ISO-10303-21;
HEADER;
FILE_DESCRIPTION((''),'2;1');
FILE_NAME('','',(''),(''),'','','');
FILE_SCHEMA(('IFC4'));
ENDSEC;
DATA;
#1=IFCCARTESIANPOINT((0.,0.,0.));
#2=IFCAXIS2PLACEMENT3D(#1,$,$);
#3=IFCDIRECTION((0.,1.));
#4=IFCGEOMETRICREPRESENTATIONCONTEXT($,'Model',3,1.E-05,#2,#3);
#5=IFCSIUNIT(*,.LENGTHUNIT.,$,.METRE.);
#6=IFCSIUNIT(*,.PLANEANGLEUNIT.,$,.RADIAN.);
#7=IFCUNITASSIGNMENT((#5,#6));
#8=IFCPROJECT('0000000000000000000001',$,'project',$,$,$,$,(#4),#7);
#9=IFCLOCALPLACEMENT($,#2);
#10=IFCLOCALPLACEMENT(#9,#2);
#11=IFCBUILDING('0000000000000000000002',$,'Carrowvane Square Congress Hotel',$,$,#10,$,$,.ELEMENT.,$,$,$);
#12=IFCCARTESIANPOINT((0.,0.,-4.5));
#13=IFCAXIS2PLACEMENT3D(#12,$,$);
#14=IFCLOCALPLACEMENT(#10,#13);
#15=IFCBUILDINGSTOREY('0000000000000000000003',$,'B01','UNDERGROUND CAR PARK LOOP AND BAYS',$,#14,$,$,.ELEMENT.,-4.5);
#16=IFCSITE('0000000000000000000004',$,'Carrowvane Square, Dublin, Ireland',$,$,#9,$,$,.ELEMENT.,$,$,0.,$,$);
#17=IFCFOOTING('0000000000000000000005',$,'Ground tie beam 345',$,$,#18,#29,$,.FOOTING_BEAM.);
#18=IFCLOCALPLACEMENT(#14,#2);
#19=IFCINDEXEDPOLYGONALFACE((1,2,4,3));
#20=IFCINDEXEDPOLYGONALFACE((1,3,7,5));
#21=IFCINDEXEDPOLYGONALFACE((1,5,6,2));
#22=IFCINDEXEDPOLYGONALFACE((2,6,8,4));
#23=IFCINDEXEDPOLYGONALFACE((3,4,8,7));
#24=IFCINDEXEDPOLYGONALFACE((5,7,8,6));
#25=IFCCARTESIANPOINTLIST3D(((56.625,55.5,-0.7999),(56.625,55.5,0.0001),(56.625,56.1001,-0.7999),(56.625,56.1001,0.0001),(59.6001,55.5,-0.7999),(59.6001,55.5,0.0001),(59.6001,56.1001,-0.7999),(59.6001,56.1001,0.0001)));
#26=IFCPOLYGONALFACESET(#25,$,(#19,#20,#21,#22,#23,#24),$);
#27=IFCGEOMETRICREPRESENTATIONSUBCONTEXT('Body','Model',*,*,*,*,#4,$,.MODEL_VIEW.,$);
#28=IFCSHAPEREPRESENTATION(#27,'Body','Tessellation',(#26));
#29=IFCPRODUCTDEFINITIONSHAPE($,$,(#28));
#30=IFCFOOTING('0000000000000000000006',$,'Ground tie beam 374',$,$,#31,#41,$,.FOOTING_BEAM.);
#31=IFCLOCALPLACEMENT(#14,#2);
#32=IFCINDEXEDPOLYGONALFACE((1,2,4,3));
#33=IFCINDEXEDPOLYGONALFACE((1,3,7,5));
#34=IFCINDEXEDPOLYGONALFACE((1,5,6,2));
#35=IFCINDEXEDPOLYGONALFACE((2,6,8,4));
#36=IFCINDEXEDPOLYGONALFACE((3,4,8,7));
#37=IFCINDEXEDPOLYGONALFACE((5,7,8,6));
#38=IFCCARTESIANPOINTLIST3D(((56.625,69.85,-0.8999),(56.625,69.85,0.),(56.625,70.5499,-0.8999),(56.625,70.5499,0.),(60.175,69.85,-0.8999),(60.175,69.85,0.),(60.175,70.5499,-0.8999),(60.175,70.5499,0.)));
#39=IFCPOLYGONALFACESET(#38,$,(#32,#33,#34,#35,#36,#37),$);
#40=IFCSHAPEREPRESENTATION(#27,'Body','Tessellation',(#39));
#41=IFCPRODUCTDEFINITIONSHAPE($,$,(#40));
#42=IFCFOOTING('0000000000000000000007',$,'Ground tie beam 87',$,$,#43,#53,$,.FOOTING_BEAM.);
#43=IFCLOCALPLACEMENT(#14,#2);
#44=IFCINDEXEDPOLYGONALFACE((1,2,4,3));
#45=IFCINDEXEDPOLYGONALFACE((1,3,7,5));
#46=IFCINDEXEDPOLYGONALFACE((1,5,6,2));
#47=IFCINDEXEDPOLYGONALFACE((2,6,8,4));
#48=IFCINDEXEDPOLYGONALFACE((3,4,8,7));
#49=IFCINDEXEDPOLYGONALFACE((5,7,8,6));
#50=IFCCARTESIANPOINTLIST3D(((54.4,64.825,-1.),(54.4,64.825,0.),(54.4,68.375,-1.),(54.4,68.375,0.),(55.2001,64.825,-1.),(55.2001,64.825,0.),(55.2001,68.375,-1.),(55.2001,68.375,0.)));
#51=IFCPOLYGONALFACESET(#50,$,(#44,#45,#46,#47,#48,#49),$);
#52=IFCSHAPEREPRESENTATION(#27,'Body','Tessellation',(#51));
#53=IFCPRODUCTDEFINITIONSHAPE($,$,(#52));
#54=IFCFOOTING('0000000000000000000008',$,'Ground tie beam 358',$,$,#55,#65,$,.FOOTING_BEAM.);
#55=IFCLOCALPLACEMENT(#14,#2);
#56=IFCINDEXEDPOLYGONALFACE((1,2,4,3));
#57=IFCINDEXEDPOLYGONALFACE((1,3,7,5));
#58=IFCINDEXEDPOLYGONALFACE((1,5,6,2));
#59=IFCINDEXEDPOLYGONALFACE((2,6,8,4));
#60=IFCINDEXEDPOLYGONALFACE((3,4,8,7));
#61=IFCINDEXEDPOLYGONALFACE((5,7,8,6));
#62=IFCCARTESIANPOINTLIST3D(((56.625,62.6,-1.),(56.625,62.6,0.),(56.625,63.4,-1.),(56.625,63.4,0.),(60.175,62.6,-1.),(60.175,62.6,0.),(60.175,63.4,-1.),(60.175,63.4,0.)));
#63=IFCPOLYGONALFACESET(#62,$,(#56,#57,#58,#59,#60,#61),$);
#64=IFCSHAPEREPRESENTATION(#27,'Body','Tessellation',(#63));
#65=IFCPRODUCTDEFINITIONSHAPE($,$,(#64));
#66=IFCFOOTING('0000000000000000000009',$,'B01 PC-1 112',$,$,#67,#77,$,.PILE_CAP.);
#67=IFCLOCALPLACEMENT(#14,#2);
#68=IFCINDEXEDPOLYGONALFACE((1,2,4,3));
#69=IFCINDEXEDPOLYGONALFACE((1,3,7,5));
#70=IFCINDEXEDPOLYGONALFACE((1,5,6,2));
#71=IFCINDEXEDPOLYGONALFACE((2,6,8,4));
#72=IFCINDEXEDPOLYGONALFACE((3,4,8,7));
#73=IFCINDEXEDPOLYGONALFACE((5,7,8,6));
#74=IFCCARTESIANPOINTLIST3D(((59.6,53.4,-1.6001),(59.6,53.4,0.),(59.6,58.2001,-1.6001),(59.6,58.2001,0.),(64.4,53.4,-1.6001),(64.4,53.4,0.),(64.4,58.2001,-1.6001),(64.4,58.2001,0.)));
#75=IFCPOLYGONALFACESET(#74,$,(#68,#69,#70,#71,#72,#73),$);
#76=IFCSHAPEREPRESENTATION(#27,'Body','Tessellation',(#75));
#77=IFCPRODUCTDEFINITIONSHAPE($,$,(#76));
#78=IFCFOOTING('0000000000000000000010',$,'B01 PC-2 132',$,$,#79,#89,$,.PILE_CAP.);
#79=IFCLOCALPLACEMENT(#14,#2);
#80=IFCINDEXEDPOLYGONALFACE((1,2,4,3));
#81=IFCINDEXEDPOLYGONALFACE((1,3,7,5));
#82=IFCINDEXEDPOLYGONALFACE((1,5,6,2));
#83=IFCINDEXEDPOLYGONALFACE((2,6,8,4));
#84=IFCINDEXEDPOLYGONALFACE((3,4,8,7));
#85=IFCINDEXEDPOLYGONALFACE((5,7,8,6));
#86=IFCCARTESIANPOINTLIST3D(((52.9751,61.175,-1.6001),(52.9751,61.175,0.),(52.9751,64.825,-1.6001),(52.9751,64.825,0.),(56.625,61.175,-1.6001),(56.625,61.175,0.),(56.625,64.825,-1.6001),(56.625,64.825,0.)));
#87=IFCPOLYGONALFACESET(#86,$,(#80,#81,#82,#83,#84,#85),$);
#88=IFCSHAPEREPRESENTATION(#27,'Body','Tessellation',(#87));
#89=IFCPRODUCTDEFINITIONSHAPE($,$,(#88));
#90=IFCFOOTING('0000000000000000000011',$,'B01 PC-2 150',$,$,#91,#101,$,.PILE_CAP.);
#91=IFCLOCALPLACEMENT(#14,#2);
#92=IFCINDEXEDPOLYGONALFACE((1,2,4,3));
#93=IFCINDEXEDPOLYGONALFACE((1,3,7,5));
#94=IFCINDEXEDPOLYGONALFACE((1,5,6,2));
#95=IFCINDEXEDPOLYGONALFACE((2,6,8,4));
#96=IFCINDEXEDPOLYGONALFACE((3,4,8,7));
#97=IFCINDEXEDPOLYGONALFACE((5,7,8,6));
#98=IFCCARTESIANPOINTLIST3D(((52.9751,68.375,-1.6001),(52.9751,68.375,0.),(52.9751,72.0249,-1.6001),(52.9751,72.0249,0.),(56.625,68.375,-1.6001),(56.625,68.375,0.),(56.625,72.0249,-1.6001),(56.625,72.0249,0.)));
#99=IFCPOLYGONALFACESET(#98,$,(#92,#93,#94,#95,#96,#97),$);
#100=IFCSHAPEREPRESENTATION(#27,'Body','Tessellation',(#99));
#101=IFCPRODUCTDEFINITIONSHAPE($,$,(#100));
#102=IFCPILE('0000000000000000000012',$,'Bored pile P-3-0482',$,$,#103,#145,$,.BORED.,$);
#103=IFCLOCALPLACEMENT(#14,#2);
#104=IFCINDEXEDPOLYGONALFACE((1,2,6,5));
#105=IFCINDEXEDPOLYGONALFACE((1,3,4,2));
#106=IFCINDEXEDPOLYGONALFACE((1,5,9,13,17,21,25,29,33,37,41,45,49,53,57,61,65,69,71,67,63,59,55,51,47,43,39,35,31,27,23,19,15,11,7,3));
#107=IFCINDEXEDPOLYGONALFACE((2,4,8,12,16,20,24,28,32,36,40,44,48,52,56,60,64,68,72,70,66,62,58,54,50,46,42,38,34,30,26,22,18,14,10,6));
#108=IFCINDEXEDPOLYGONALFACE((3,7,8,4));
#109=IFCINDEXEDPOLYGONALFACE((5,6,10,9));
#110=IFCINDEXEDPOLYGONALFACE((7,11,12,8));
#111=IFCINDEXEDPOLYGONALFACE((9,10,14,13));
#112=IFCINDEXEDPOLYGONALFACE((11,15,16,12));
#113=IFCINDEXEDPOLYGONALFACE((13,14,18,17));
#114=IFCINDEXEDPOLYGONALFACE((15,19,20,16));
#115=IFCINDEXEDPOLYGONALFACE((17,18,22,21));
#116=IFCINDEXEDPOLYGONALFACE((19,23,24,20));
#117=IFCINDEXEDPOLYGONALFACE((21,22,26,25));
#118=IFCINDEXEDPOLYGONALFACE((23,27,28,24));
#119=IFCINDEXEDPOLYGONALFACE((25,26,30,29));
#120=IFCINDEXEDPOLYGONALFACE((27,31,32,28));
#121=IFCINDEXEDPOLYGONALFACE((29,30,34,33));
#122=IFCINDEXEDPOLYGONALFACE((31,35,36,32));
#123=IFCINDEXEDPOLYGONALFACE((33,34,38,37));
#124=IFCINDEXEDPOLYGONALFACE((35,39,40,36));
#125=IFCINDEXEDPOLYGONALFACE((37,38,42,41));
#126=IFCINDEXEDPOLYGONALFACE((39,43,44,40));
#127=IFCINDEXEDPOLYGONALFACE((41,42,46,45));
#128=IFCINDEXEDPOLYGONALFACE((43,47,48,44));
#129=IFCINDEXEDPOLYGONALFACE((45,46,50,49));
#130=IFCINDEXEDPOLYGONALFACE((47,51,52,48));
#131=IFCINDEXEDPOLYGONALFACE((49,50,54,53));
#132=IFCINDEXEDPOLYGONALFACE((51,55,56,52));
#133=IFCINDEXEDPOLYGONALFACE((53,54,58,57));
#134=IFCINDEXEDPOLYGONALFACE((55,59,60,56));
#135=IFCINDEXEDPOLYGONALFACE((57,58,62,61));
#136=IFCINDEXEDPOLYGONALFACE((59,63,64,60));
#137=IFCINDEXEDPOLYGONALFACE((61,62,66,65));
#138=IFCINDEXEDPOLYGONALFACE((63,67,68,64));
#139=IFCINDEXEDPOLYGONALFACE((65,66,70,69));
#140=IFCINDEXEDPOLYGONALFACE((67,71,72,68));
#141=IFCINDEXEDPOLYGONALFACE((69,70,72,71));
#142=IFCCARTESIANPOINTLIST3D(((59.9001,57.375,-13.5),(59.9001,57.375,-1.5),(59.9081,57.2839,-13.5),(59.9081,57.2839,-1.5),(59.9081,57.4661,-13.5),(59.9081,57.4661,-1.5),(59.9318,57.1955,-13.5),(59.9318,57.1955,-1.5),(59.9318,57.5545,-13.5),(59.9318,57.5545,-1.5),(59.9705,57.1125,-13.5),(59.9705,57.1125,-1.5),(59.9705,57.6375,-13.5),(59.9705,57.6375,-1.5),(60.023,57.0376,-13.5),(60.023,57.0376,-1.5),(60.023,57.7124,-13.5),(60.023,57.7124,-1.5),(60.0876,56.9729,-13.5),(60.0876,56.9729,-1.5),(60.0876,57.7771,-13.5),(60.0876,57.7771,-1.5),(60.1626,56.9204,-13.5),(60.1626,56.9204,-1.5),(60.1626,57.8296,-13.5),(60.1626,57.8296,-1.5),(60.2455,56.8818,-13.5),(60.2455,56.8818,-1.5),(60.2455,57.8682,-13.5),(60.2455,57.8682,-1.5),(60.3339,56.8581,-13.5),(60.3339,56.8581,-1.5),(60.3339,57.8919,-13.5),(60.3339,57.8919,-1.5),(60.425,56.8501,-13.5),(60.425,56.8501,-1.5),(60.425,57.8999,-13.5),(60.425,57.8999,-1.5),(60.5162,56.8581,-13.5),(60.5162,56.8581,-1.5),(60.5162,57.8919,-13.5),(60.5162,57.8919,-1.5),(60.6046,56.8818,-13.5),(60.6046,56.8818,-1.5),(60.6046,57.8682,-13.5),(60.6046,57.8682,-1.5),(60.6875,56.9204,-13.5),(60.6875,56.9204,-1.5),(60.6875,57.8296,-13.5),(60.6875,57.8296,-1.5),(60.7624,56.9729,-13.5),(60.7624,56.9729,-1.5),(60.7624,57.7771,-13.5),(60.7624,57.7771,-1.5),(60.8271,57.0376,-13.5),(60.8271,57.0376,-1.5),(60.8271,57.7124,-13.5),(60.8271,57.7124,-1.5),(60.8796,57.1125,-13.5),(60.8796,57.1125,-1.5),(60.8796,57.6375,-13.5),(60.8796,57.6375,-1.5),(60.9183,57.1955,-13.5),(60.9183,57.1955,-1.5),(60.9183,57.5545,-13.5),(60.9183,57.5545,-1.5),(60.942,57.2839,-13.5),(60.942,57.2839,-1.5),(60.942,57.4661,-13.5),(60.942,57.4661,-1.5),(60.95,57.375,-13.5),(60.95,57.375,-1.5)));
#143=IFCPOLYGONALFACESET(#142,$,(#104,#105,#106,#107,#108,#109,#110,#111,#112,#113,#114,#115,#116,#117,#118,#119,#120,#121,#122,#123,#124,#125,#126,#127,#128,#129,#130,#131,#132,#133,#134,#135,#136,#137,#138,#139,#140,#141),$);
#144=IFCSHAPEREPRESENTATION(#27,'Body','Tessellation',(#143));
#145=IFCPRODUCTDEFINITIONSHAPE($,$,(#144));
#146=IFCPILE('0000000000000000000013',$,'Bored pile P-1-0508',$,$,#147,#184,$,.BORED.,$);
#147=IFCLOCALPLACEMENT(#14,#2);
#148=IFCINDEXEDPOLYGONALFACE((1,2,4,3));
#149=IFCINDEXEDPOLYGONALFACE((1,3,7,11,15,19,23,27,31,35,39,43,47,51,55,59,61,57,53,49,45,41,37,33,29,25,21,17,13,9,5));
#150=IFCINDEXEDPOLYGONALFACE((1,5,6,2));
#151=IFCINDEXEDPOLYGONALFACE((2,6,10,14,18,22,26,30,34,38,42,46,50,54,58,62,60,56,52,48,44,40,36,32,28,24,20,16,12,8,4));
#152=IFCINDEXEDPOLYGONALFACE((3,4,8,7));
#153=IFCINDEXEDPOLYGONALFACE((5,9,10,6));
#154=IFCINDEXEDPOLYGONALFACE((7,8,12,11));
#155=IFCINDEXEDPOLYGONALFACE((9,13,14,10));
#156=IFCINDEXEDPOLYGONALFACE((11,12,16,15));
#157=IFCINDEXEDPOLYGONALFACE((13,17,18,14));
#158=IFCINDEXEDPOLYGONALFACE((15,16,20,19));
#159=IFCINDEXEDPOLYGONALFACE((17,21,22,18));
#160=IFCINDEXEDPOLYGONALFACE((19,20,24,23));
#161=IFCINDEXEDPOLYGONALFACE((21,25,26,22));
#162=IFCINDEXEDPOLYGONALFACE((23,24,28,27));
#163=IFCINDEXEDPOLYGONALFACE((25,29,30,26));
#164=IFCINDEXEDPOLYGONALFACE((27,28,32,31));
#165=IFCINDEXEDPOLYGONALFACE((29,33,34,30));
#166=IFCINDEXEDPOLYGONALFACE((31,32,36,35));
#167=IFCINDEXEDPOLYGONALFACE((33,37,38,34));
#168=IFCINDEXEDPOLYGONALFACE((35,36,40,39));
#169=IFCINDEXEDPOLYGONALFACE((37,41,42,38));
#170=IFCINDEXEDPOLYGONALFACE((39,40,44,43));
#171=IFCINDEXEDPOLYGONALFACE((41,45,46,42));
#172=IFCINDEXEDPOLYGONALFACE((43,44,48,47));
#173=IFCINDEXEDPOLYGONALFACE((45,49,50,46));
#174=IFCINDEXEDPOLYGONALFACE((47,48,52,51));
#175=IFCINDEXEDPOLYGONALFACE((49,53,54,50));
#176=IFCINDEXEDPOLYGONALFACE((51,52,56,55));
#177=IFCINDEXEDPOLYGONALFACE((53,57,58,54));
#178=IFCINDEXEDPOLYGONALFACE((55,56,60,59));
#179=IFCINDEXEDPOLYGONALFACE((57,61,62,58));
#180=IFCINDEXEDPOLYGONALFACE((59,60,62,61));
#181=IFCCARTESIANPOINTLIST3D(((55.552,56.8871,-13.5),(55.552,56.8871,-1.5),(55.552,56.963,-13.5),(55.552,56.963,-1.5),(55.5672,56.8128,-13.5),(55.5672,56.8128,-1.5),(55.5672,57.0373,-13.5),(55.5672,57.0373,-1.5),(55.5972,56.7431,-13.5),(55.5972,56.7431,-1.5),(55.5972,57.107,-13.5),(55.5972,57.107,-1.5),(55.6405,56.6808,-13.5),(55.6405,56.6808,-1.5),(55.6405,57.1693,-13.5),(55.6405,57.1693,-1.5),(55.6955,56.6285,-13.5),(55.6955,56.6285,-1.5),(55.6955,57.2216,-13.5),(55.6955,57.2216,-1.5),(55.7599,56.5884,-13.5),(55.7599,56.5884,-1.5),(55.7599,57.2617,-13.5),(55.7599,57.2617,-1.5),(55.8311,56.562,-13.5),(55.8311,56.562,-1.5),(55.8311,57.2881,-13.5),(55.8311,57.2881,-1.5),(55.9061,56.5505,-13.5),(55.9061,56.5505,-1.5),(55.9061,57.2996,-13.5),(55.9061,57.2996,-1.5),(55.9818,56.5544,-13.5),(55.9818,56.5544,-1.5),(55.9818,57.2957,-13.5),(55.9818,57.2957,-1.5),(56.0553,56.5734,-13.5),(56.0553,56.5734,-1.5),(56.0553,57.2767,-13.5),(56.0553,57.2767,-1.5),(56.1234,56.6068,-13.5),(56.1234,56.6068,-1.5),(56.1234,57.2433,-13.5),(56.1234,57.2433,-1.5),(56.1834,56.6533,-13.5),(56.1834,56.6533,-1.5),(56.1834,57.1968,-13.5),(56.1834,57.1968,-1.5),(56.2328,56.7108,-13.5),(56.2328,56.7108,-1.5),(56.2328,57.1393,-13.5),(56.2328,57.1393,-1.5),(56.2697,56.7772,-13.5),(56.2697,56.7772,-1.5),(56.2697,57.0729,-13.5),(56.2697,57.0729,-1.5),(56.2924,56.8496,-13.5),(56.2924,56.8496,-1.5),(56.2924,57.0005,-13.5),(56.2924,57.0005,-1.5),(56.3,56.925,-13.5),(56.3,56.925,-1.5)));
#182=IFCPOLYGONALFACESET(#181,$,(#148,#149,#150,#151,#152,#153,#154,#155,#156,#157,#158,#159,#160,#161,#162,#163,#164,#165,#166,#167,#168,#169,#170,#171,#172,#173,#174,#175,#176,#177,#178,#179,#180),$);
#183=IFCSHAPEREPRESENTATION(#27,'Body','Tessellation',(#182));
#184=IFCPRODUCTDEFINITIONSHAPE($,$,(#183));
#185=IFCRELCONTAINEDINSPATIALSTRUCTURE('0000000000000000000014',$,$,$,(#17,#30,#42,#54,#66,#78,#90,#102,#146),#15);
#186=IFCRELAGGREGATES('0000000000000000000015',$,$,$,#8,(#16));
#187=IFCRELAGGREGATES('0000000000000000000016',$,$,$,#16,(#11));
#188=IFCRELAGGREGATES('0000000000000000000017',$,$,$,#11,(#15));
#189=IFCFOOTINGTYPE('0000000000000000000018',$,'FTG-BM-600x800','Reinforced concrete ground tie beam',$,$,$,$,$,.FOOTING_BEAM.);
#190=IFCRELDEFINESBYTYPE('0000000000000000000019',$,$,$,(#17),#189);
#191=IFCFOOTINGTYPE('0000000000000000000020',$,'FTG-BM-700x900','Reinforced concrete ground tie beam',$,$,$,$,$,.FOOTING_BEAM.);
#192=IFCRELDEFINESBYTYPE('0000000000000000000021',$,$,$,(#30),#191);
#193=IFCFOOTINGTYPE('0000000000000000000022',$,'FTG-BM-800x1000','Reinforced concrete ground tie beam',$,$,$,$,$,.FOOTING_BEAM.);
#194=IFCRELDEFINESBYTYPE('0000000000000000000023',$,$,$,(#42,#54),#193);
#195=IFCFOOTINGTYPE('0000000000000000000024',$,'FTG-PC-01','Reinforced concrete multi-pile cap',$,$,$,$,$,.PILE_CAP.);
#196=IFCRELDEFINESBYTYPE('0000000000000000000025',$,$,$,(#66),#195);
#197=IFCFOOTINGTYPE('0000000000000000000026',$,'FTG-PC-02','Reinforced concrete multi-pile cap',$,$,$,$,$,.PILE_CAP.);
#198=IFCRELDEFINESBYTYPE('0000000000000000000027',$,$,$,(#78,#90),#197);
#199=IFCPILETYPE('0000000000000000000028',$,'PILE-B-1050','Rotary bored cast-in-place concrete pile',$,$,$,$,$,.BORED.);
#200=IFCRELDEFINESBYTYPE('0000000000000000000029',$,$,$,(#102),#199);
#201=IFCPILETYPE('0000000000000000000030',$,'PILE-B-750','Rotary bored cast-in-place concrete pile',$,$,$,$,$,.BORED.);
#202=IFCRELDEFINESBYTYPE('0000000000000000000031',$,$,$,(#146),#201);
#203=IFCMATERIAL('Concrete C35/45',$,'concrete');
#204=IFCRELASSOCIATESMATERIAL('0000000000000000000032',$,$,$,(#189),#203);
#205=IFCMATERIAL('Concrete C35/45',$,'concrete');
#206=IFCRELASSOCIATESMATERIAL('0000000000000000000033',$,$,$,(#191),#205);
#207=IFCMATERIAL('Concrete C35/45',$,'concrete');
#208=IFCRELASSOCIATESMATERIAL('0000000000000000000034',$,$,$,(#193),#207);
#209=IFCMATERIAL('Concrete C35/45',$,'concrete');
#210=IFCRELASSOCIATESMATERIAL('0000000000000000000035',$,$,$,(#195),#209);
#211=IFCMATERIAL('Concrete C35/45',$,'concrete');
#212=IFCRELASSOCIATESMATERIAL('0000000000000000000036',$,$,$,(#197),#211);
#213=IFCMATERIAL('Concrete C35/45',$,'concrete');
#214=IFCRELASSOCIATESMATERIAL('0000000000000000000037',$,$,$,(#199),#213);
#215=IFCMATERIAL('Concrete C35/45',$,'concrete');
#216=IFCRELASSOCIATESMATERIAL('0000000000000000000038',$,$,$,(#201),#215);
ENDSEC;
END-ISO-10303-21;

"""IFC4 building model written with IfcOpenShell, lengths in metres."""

from ifc_helpers import new_model, si_unit, direction, frame, origin, origin_2d, place, context, subcontext, project, spatial, rectangle, circle, extrude, material, material_profile, profile_set, type_object, element, save


model = new_model("IFC4")

# Units and contexts
model_context = context("Model", 3, precision=1e-05, world=origin(), true_north=direction((0.0, 1.0)))
body_context = subcontext(model_context, "Body", "Model", "MODEL_VIEW")
ifc_project = project(units=[si_unit("LENGTHUNIT", "METRE"), si_unit("PLANEANGLEUNIT", "RADIAN")], contexts=[model_context])

# Site, building, storey
site_placement = place(None, origin())
site = spatial("IfcSite", under=ifc_project, at=site_placement, Name="Carrowvane Square, Dublin, Ireland", CompositionType="ELEMENT", RefElevation=0.0)
building_placement = place(site_placement, origin())
building = spatial("IfcBuilding", under=site, at=building_placement, Name="Carrowvane Square Congress Hotel", CompositionType="ELEMENT")
storey_placement = place(building_placement, frame((0.0, 0.0, -4.5)))
storey = spatial("IfcBuildingStorey", under=building, at=storey_placement, Name="B01", Description="UNDERGROUND CAR PARK LOOP AND BAYS", CompositionType="ELEMENT", Elevation=-4.5)

# Footings
ifc_material_1 = material(Name="Concrete C35/45", Category="concrete")
ifc_material_profile_1 = material_profile(ifc_material_1, rectangle(XDim=0.6001, YDim=0.8, at=origin_2d()), Name="RC 600x800")
ifc_profile_set_1 = profile_set([ifc_material_profile_1], Name="Concrete C35/45")
footing_type_1 = type_object("IfcFootingType", Name="FTG-BM-600x800", Description="Reinforced concrete ground tie beam", PredefinedType="FOOTING_BEAM", material=ifc_profile_set_1)
footing_1_placement = place(storey_placement, frame((56.625, 55.8, -0.3999), z_axis=(1.0, 0.0, 0.0), x_axis=(0.0, 1.0, 0.0)))
element("IfcFooting", 1, at=footing_1_placement, inside=storey, type_object=footing_type_1, Name="Ground tie beam 345", PredefinedType="FOOTING_BEAM", context=body_context, shape_type="SweptSolid", body=[
    extrude(rectangle(XDim=0.6001, YDim=0.8, at=origin_2d()), origin(), (0.0, 0.0, 1.0), 2.9751),
])
ifc_material_2 = material(Name="Concrete C35/45", Category="concrete")
ifc_material_profile_2 = material_profile(ifc_material_2, rectangle(XDim=0.7, YDim=0.8999, at=origin_2d()), Name="RC 700x900")
ifc_profile_set_2 = profile_set([ifc_material_profile_2], Name="Concrete C35/45")
footing_type_2 = type_object("IfcFootingType", Name="FTG-BM-700x900", Description="Reinforced concrete ground tie beam", PredefinedType="FOOTING_BEAM", material=ifc_profile_set_2)
footing_2_placement = place(storey_placement, frame((56.625, 70.2, -0.45), z_axis=(1.0, 0.0, 0.0), x_axis=(0.0, 1.0, 0.0)))
element("IfcFooting", 2, at=footing_2_placement, inside=storey, type_object=footing_type_2, Name="Ground tie beam 374", PredefinedType="FOOTING_BEAM", context=body_context, shape_type="SweptSolid", body=[
    extrude(rectangle(XDim=0.7, YDim=0.8999, at=origin_2d()), origin(), (0.0, 0.0, 1.0), 3.55),
])
ifc_material_3 = material(Name="Concrete C35/45", Category="concrete")
ifc_material_profile_3 = material_profile(ifc_material_3, rectangle(XDim=0.8, YDim=1.0, at=origin_2d()), Name="RC 800x1000")
ifc_profile_set_3 = profile_set([ifc_material_profile_3], Name="Concrete C35/45")
footing_type_3 = type_object("IfcFootingType", Name="FTG-BM-800x1000", Description="Reinforced concrete ground tie beam", PredefinedType="FOOTING_BEAM", material=ifc_profile_set_3)
for number, where, z_axis, x_axis, name in (
    (3, (54.8, 64.825, -0.5), (0.0, 1.0, 0.0), (-1.0, 0.0, 0.0), "Ground tie beam 87"),
    (4, (56.625, 63.0, -0.5), (1.0, 0.0, 0.0), (0.0, 1.0, 0.0), "Ground tie beam 358"),
):
    element("IfcFooting", number, at=place(storey_placement, frame(where, z_axis=z_axis, x_axis=x_axis)), inside=storey, type_object=footing_type_3, Name=name, PredefinedType="FOOTING_BEAM", context=body_context, shape_type="SweptSolid", body=[
        extrude(rectangle(XDim=0.8, YDim=1.0, at=origin_2d()), origin(), (0.0, 0.0, 1.0), 3.55),
    ])
ifc_material_4 = material(Name="Concrete C35/45", Category="concrete")
footing_type_4 = type_object("IfcFootingType", Name="FTG-PC-01", Description="Reinforced concrete multi-pile cap", PredefinedType="PILE_CAP", material=ifc_material_4)
footing_3_placement = place(storey_placement, frame((62.0, 55.8, -1.6001), z_axis=(0.0, 0.0, 1.0), x_axis=(1.0, 0.0, 0.0)))
element("IfcFooting", 5, at=footing_3_placement, inside=storey, type_object=footing_type_4, Name="B01 PC-1 112", PredefinedType="PILE_CAP", context=body_context, shape_type="SweptSolid", body=[
    extrude(rectangle(XDim=4.8, YDim=4.8, at=origin_2d()), origin(), (0.0, 0.0, 1.0), 1.6001),
])
ifc_material_5 = material(Name="Concrete C35/45", Category="concrete")
footing_type_5 = type_object("IfcFootingType", Name="FTG-PC-02", Description="Reinforced concrete multi-pile cap", PredefinedType="PILE_CAP", material=ifc_material_5)
for number, where, z_axis, x_axis, name in (
    (6, (54.8, 63.0, -1.6001), (0.0, 0.0, 1.0), (1.0, 0.0, 0.0), "B01 PC-2 132"),
    (7, (54.8, 70.2, -1.6001), (0.0, 0.0, 1.0), (1.0, 0.0, 0.0), "B01 PC-2 150"),
):
    element("IfcFooting", number, at=place(storey_placement, frame(where, z_axis=z_axis, x_axis=x_axis)), inside=storey, type_object=footing_type_5, Name=name, PredefinedType="PILE_CAP", context=body_context, shape_type="SweptSolid", body=[
        extrude(rectangle(XDim=3.6499, YDim=3.6499, at=origin_2d()), origin(), (0.0, 0.0, 1.0), 1.6001),
    ])

# Piles
ifc_material_6 = material(Name="Concrete C35/45", Category="concrete")
ifc_material_profile_4 = material_profile(ifc_material_6, circle(Radius=0.5249, at=origin_2d()), Name="PILE D1050")
ifc_profile_set_4 = profile_set([ifc_material_profile_4], Name="Concrete C35/45")
pile_type_1 = type_object("IfcPileType", Name="PILE-B-1050", Description="Rotary bored cast-in-place concrete pile", PredefinedType="BORED", material=ifc_profile_set_4)
pile_placement = place(storey_placement, frame((60.425, 57.375, -1.5), z_axis=(0.0, 0.0, -1.0), x_axis=(1.0, 0.0, 0.0)))
element("IfcPile", 8, at=pile_placement, inside=storey, type_object=pile_type_1, Name="Bored pile P-3-0482", PredefinedType="BORED", context=body_context, shape_type="SweptSolid", body=[
    extrude(circle(Radius=0.5249, at=origin_2d()), origin(), (0.0, 0.0, 1.0), 12.0),
])
ifc_material_7 = material(Name="Concrete C35/45", Category="concrete")
ifc_material_profile_5 = material_profile(ifc_material_7, circle(Radius=0.375, at=origin_2d()), Name="PILE D750")
ifc_profile_set_5 = profile_set([ifc_material_profile_5], Name="Concrete C35/45")
pile_type_2 = type_object("IfcPileType", Name="PILE-B-750", Description="Rotary bored cast-in-place concrete pile", PredefinedType="BORED", material=ifc_profile_set_5)
for number, where, z_axis, x_axis, name in (
    (9, (55.925, 56.925, -1.5), (0.0, 0.0, -1.0), (1.0, 0.0, 0.0), "Bored pile P-1-0508"),
):
    element("IfcPile", number, at=place(storey_placement, frame(where, z_axis=z_axis, x_axis=x_axis)), inside=storey, type_object=pile_type_2, Name=name, PredefinedType="BORED", context=body_context, shape_type="SweptSolid", body=[
        extrude(circle(Radius=0.375, at=origin_2d()), origin(), (0.0, 0.0, 1.0), 12.0),
    ])

save(model, "model.ifc")
